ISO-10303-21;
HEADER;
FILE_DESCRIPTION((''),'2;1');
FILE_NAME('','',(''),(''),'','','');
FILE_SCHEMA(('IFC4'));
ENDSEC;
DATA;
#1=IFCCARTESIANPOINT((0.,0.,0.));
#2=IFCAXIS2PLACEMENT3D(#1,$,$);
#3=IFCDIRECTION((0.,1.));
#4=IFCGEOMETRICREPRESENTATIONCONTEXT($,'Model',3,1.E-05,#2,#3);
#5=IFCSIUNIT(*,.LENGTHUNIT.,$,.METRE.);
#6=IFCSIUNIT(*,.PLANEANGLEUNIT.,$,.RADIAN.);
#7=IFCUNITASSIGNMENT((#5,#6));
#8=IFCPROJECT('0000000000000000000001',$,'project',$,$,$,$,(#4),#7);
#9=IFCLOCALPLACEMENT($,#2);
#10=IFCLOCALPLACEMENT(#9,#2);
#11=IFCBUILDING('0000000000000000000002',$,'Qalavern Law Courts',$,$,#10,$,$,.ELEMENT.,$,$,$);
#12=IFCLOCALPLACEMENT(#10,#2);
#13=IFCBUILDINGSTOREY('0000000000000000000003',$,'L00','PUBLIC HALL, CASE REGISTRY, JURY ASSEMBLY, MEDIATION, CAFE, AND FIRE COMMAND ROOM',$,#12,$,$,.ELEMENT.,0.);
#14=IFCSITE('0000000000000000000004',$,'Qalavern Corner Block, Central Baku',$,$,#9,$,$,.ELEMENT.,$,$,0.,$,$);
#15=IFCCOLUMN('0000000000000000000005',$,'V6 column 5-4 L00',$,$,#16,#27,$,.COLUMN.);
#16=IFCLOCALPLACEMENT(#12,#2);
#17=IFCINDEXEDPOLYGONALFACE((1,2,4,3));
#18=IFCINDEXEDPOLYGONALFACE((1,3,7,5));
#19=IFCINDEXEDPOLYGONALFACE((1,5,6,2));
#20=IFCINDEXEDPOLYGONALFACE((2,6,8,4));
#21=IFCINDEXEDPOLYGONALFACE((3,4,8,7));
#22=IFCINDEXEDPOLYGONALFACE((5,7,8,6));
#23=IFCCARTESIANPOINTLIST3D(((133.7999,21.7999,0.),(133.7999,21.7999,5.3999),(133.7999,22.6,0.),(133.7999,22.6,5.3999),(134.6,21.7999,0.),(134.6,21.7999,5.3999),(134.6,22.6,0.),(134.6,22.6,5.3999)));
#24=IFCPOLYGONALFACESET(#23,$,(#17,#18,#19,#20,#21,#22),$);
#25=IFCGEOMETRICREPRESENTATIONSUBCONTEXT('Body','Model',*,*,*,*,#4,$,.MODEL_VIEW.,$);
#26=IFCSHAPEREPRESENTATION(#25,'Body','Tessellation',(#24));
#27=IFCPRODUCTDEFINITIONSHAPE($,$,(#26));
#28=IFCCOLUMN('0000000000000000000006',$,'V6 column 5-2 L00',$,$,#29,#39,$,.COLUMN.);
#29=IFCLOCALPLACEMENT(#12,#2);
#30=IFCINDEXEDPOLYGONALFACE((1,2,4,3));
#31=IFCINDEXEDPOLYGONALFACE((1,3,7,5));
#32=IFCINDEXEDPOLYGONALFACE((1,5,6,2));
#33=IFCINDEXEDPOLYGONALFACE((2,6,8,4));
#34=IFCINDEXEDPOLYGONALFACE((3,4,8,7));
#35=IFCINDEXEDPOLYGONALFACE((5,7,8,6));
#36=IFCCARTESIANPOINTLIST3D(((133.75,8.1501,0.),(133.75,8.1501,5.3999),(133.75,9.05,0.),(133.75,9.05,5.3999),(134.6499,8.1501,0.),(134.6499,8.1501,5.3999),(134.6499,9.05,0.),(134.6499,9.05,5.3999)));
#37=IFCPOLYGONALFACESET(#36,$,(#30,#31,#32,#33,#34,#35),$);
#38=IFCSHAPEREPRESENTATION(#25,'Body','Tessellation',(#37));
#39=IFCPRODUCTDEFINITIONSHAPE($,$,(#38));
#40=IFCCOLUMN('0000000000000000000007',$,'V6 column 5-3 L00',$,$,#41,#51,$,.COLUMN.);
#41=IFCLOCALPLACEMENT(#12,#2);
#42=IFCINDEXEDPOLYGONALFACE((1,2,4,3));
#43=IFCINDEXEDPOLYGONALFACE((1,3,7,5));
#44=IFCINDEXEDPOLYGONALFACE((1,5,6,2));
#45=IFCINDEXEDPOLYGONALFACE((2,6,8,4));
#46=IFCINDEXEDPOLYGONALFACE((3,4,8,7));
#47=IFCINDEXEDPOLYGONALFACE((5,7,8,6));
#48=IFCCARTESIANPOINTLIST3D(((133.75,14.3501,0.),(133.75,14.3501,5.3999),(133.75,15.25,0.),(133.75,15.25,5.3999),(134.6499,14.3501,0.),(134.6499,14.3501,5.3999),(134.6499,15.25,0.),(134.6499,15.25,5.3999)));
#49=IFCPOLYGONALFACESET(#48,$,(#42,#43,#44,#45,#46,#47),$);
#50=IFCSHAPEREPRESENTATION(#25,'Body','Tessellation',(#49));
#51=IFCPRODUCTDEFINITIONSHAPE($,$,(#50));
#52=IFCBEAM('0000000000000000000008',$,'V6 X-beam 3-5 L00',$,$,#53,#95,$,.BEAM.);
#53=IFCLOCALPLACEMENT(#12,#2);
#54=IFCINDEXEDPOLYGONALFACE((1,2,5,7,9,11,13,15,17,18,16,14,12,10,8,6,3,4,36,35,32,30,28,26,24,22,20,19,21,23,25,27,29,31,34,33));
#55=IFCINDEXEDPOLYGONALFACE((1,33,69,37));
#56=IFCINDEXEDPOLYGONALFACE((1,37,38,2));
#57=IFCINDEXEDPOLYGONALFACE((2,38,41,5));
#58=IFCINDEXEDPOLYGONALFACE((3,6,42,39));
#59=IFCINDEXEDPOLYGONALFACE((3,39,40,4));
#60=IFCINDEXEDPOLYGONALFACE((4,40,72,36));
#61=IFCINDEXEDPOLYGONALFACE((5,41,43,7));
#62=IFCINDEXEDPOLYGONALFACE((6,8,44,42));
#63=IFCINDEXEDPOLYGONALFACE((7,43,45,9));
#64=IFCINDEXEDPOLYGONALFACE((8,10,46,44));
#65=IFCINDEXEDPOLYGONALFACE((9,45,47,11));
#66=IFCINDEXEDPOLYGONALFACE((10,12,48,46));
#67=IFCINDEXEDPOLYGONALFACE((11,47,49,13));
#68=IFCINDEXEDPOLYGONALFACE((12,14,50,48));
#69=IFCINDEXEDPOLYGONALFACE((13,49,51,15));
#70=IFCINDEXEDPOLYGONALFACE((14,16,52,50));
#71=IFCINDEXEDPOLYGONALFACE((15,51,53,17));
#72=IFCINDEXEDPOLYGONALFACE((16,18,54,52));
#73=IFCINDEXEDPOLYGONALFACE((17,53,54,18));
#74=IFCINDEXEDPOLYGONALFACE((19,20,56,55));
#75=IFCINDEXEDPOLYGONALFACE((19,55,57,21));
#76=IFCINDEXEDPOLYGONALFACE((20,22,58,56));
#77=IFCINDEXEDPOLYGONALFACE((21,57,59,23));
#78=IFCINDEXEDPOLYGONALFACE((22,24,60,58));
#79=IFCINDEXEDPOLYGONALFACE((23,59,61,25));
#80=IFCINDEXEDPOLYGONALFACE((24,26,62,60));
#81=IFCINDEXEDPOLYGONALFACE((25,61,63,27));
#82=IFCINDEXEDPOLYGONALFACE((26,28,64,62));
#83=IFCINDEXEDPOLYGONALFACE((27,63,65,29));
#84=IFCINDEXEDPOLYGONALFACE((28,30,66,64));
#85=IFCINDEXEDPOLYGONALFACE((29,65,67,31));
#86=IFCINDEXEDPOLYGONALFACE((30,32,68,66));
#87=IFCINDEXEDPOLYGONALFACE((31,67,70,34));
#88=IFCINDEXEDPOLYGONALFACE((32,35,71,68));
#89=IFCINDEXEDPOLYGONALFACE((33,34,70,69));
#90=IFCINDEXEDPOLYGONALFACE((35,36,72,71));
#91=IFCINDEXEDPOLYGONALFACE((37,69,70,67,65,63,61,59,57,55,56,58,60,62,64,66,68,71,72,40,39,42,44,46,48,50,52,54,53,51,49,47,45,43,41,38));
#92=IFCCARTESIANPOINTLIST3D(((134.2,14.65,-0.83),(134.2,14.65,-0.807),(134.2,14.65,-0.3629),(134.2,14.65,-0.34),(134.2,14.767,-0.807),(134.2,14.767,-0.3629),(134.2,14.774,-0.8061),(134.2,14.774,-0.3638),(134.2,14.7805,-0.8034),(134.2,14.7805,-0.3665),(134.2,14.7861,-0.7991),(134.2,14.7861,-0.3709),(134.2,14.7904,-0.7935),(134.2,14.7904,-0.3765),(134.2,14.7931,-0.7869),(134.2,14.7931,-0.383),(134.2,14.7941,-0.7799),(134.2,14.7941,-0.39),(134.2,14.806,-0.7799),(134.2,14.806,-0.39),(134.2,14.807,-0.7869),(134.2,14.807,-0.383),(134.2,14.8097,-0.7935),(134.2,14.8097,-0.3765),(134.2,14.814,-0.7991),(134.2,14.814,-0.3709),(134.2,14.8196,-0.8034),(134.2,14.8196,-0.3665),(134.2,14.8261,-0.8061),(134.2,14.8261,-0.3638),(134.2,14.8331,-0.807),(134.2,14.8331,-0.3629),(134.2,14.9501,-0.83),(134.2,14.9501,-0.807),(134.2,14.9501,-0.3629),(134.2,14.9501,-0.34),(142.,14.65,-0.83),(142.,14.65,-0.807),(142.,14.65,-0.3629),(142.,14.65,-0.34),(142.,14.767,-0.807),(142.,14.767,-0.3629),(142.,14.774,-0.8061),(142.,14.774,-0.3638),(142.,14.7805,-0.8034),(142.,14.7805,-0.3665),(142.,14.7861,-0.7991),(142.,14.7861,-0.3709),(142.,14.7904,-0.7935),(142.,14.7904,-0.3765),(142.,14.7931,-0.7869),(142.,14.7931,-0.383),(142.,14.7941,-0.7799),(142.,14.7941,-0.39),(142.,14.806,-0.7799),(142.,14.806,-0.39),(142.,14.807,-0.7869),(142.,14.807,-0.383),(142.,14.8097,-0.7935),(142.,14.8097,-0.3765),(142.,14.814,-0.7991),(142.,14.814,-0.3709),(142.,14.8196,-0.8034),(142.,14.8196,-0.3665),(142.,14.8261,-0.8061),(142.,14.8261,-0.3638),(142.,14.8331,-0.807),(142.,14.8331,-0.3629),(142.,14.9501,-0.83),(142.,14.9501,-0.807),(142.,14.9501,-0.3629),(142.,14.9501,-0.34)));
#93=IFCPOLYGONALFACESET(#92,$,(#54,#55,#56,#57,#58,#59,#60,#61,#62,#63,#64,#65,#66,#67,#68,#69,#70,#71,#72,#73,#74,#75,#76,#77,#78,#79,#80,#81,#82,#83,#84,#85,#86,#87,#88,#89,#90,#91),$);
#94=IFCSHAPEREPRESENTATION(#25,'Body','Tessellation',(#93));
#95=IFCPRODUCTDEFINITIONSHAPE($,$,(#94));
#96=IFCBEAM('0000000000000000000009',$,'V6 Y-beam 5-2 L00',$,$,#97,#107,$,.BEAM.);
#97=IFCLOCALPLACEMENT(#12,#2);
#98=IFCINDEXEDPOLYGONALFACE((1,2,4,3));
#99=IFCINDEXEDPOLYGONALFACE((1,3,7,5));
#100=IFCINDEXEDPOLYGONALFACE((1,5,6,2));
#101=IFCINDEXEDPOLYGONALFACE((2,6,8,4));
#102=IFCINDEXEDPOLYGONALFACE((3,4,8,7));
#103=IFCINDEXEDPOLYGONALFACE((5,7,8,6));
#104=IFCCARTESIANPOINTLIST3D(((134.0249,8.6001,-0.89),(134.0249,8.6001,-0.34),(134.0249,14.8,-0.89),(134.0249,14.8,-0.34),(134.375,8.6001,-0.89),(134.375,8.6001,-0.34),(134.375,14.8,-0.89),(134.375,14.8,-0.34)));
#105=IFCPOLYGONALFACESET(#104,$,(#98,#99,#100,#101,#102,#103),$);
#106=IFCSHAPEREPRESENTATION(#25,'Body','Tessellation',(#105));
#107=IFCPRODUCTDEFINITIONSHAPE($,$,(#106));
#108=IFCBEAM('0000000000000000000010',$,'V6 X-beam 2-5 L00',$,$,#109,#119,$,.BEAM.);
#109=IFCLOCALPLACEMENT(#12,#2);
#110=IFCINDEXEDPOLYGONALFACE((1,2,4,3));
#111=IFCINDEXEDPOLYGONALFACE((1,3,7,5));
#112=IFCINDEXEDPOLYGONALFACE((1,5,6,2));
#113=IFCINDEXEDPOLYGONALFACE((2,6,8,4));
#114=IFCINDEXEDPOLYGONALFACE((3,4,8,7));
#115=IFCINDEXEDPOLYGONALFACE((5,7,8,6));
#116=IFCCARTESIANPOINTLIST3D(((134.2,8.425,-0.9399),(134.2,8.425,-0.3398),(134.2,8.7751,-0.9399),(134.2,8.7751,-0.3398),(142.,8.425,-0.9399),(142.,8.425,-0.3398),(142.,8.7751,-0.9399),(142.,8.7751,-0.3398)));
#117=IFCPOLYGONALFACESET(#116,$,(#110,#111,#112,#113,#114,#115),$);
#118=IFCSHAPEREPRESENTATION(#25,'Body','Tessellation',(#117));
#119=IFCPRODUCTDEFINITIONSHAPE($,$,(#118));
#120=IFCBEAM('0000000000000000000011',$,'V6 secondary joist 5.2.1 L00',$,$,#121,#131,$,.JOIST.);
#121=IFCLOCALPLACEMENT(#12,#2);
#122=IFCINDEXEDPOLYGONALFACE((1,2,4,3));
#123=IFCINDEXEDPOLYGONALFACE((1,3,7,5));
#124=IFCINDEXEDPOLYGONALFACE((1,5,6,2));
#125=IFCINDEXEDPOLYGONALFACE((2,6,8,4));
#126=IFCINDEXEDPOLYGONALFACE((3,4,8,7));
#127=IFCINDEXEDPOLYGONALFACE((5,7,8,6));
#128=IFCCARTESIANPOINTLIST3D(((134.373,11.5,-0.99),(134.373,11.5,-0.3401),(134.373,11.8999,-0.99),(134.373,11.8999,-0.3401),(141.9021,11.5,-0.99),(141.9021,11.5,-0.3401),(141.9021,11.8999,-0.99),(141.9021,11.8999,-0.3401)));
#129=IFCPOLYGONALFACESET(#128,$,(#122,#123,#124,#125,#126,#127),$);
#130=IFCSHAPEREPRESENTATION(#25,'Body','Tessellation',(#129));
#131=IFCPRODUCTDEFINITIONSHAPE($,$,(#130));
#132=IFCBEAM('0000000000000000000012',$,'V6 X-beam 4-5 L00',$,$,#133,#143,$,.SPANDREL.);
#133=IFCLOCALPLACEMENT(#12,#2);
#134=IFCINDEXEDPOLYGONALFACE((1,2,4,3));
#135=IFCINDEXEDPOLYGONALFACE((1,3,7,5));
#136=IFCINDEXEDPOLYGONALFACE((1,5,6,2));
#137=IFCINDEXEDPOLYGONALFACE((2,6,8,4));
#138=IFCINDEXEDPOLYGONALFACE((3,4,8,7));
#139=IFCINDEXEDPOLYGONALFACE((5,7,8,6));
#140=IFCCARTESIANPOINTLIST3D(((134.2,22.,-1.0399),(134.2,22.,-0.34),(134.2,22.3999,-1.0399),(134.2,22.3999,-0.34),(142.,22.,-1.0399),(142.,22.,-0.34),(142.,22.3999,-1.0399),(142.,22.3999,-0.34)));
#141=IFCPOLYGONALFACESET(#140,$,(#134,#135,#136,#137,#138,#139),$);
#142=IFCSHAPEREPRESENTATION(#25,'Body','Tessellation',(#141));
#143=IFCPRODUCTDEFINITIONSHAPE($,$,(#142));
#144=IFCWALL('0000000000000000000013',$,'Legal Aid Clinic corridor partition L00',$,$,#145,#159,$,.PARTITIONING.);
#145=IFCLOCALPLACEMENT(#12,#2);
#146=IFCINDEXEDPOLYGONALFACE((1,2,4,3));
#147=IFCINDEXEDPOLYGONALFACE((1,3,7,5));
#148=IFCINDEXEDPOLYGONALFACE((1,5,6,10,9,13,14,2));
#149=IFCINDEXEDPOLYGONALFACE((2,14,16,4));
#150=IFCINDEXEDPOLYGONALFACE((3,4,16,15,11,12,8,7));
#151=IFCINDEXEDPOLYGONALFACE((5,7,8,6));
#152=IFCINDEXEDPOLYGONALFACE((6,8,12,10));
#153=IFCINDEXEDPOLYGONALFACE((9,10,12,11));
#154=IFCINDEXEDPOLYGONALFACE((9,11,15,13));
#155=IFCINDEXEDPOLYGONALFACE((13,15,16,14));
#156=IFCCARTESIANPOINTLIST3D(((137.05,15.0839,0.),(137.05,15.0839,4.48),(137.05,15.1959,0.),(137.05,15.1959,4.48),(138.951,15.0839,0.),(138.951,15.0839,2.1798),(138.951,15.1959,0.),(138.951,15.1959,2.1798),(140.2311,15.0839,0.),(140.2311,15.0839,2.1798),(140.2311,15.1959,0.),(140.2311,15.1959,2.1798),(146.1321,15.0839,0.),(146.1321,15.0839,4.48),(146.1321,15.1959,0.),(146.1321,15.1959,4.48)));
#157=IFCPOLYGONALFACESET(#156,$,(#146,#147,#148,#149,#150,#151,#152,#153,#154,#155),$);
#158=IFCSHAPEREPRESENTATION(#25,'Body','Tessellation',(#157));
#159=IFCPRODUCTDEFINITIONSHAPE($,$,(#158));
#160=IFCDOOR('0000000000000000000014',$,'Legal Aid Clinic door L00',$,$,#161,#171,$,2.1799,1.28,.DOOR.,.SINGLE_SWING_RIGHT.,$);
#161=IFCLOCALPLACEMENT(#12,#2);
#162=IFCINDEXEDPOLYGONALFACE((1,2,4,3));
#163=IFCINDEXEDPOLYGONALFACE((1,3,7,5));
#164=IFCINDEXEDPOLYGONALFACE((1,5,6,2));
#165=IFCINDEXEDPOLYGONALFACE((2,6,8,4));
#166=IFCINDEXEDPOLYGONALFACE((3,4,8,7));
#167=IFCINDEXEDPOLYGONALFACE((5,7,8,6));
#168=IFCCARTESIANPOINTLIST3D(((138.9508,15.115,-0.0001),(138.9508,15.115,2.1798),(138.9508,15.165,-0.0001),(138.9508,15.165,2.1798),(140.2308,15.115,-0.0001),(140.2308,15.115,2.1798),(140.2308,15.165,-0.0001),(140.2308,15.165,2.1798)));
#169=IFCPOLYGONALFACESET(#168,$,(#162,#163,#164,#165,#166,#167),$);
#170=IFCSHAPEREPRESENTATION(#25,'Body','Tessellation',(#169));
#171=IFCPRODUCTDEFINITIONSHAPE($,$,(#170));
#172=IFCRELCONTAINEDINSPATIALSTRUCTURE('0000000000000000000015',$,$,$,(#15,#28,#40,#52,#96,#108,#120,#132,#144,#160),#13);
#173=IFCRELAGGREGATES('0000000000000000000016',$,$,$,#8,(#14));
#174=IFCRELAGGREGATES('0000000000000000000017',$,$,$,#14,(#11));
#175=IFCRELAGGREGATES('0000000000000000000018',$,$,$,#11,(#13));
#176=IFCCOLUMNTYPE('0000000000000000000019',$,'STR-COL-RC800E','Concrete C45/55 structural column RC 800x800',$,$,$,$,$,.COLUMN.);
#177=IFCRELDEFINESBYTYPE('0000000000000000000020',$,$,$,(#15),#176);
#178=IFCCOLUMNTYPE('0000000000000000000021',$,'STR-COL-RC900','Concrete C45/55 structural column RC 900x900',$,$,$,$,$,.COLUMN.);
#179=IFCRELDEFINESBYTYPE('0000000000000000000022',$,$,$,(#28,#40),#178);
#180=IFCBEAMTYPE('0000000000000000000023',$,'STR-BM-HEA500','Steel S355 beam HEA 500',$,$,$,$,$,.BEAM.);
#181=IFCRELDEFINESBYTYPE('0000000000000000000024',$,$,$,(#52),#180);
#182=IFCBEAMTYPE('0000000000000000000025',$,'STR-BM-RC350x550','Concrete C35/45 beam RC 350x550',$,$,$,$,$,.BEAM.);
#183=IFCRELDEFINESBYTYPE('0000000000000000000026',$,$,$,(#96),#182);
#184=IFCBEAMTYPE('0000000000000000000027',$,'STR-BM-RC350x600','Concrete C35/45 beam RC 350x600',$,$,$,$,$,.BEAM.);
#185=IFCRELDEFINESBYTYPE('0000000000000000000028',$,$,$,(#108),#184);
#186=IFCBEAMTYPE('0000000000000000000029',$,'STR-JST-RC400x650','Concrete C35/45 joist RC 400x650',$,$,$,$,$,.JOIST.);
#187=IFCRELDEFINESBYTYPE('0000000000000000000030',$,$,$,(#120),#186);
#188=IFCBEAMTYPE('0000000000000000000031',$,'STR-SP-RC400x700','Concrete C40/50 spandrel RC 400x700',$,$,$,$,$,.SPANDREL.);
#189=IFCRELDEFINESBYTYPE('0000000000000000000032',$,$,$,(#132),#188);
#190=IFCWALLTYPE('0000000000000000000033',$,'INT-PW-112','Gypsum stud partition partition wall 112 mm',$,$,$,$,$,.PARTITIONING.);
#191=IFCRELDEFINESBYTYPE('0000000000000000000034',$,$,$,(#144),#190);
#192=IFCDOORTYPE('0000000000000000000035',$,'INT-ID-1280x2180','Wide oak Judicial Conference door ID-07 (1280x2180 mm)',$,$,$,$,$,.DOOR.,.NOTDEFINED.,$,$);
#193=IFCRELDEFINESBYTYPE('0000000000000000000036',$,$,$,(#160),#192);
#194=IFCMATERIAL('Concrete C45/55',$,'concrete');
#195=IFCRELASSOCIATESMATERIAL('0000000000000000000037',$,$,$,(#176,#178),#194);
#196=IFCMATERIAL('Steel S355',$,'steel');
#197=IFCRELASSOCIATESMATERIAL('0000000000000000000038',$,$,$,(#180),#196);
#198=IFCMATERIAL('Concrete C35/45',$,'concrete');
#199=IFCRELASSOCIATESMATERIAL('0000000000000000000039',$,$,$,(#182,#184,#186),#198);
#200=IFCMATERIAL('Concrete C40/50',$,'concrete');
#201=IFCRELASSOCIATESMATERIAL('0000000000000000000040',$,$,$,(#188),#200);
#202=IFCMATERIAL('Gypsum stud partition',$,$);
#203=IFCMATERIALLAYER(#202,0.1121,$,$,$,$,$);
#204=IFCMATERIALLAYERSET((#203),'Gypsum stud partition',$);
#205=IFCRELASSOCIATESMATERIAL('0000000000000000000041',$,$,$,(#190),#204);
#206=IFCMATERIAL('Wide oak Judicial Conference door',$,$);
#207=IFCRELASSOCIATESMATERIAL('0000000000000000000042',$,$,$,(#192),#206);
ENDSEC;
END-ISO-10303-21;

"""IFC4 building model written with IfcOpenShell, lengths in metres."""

from ifc_helpers import new_model, si_unit, direction, frame, frame_2d, origin, origin_2d, place, context, subcontext, project, spatial, rectangle, i_section, extrude, material, layer, layer_set, material_profile, profile_set, type_object, element, fill, save


model = new_model("IFC4")

# Units and contexts
model_context = context("Model", 3, precision=1e-05, world=origin(), true_north=direction((0.0, 1.0)))
body_context = subcontext(model_context, "Body", "Model", "MODEL_VIEW")
ifc_project = project(units=[si_unit("LENGTHUNIT", "METRE"), si_unit("PLANEANGLEUNIT", "RADIAN")], contexts=[model_context])

# Site, building, storey
site_placement = place(None, origin())
site = spatial("IfcSite", under=ifc_project, at=site_placement, Name="Qalavern Corner Block, Central Baku", CompositionType="ELEMENT", RefElevation=0.0)
building_placement = place(site_placement, origin())
building = spatial("IfcBuilding", under=site, at=building_placement, Name="Qalavern Law Courts", CompositionType="ELEMENT")
storey_placement = place(building_placement, origin())
storey = spatial("IfcBuildingStorey", under=building, at=storey_placement, Name="L00", Description="PUBLIC HALL, CASE REGISTRY, JURY ASSEMBLY, MEDIATION, CAFE, AND FIRE COMMAND ROOM", CompositionType="ELEMENT", Elevation=0.0)

# Columns
ifc_material_1 = material(Name="Concrete C45/55", Category="concrete")
ifc_material_profile_1 = material_profile(ifc_material_1, rectangle(XDim=0.8, YDim=0.8, at=origin_2d()), Name="RC 800x800")
ifc_profile_set_1 = profile_set([ifc_material_profile_1], Name="Concrete C45/55")
column_type_1 = type_object("IfcColumnType", Name="STR-COL-RC800E", Description="Concrete C45/55 structural column RC 800x800", PredefinedType="COLUMN", material=ifc_profile_set_1)
column_placement = place(storey_placement, frame((134.2, 22.2, 0.0), z_axis=(0.0, 0.0, 1.0), x_axis=(1.0, 0.0, 0.0)))
element("IfcColumn", 1, at=column_placement, inside=storey, type_object=column_type_1, Name="V6 column 5-4 L00", PredefinedType="COLUMN", context=body_context, shape_type="SweptSolid", body=[
    extrude(rectangle(XDim=0.8, YDim=0.8, at=origin_2d()), origin(), (0.0, 0.0, 1.0), 5.3999),
])
ifc_material_profile_2 = material_profile(ifc_material_1, rectangle(XDim=0.8999, YDim=0.8999, at=origin_2d()), Name="RC 900x900")
ifc_profile_set_2 = profile_set([ifc_material_profile_2], Name="Concrete C45/55")
column_type_2 = type_object("IfcColumnType", Name="STR-COL-RC900", Description="Concrete C45/55 structural column RC 900x900", PredefinedType="COLUMN", material=ifc_profile_set_2)
for number, where, z_axis, x_axis, name in (
    (2, (134.2, 8.6001, 0.0), (0.0, 0.0, 1.0), (1.0, 0.0, 0.0), "V6 column 5-2 L00"),
    (3, (134.2, 14.8, 0.0), (0.0, 0.0, 1.0), (1.0, 0.0, 0.0), "V6 column 5-3 L00"),
):
    element("IfcColumn", number, at=place(storey_placement, frame(where, z_axis=z_axis, x_axis=x_axis)), inside=storey, type_object=column_type_2, Name=name, PredefinedType="COLUMN", context=body_context, shape_type="SweptSolid", body=[
        extrude(rectangle(XDim=0.8999, YDim=0.8999, at=origin_2d()), origin(), (0.0, 0.0, 1.0), 5.3999),
    ])

# Beams
ifc_material_2 = material(Name="Steel S355", Category="steel")
ifc_material_profile_3 = material_profile(ifc_material_2, i_section(OverallWidth=0.3, OverallDepth=0.49, WebThickness=0.012, FlangeThickness=0.0229, FilletRadius=0.0271, at=origin_2d()), Name="HEA 500")
ifc_profile_set_3 = profile_set([ifc_material_profile_3], Name="Steel S355")
beam_type_1 = type_object("IfcBeamType", Name="STR-BM-HEA500", Description="Steel S355 beam HEA 500", PredefinedType="BEAM", material=ifc_profile_set_3)
beam_1_placement = place(storey_placement, frame((134.2, 14.8, -0.585), z_axis=(1.0, 0.0, 0.0), x_axis=(0.0, 1.0, 0.0)))
element("IfcBeam", 4, at=beam_1_placement, inside=storey, type_object=beam_type_1, Name="V6 X-beam 3-5 L00", PredefinedType="BEAM", context=body_context, shape_type="SweptSolid", body=[
    extrude(i_section(OverallWidth=0.3, OverallDepth=0.49, WebThickness=0.012, FlangeThickness=0.0229, FilletRadius=0.0271, at=origin_2d()), origin(), (0.0, 0.0, 1.0), 7.8),
])
ifc_material_3 = material(Name="Concrete C35/45", Category="concrete")
ifc_material_profile_4 = material_profile(ifc_material_3, rectangle(XDim=0.3501, YDim=0.55, at=origin_2d()), Name="RC 350x550")
ifc_profile_set_4 = profile_set([ifc_material_profile_4], Name="Concrete C35/45")
beam_type_2 = type_object("IfcBeamType", Name="STR-BM-RC350x550", Description="Concrete C35/45 beam RC 350x550", PredefinedType="BEAM", material=ifc_profile_set_4)
beam_2_placement = place(storey_placement, frame((134.2, 8.6001, -0.615), z_axis=(0.0, 1.0, 0.0), x_axis=(-1.0, 0.0, 0.0)))
element("IfcBeam", 5, at=beam_2_placement, inside=storey, type_object=beam_type_2, Name="V6 Y-beam 5-2 L00", PredefinedType="BEAM", context=body_context, shape_type="SweptSolid", body=[
    extrude(rectangle(XDim=0.3501, YDim=0.55, at=origin_2d()), origin(), (0.0, 0.0, 1.0), 6.2),
])
ifc_material_profile_5 = material_profile(ifc_material_3, rectangle(XDim=0.3501, YDim=0.6001, at=origin_2d()), Name="RC 350x600")
ifc_profile_set_5 = profile_set([ifc_material_profile_5], Name="Concrete C35/45")
beam_type_3 = type_object("IfcBeamType", Name="STR-BM-RC350x600", Description="Concrete C35/45 beam RC 350x600", PredefinedType="BEAM", material=ifc_profile_set_5)
beam_3_placement = place(storey_placement, frame((134.2, 8.6001, -0.6399), z_axis=(1.0, 0.0, 0.0), x_axis=(0.0, 1.0, 0.0)))
element("IfcBeam", 6, at=beam_3_placement, inside=storey, type_object=beam_type_3, Name="V6 X-beam 2-5 L00", PredefinedType="BEAM", context=body_context, shape_type="SweptSolid", body=[
    extrude(rectangle(XDim=0.3501, YDim=0.6001, at=origin_2d()), origin(), (0.0, 0.0, 1.0), 7.8),
])
ifc_material_profile_6 = material_profile(ifc_material_3, rectangle(XDim=0.3999, YDim=0.6499, at=origin_2d()), Name="RC 400x650")
ifc_profile_set_6 = profile_set([ifc_material_profile_6], Name="Concrete C35/45")
beam_type_4 = type_object("IfcBeamType", Name="STR-JST-RC400x650", Description="Concrete C35/45 joist RC 400x650", PredefinedType="JOIST", material=ifc_profile_set_6)
beam_4_placement = place(storey_placement, frame((134.373, 11.7, -0.665), z_axis=(1.0, 0.0, 0.0), x_axis=(0.0, 1.0, 0.0)))
element("IfcBeam", 7, at=beam_4_placement, inside=storey, type_object=beam_type_4, Name="V6 secondary joist 5.2.1 L00", PredefinedType="JOIST", context=body_context, shape_type="SweptSolid", body=[
    extrude(rectangle(XDim=0.3999, YDim=0.6499, at=origin_2d()), origin(), (0.0, 0.0, 1.0), 7.5291),
])
ifc_material_4 = material(Name="Concrete C40/50", Category="concrete")
ifc_material_profile_7 = material_profile(ifc_material_4, rectangle(XDim=0.3999, YDim=0.7, at=origin_2d()), Name="RC 400x700")
ifc_profile_set_7 = profile_set([ifc_material_profile_7], Name="Concrete C40/50")
beam_type_5 = type_object("IfcBeamType", Name="STR-SP-RC400x700", Description="Concrete C40/50 spandrel RC 400x700", PredefinedType="SPANDREL", material=ifc_profile_set_7)
beam_5_placement = place(storey_placement, frame((134.2, 22.2, -0.6899), z_axis=(1.0, 0.0, 0.0), x_axis=(0.0, 1.0, 0.0)))
element("IfcBeam", 8, at=beam_5_placement, inside=storey, type_object=beam_type_5, Name="V6 X-beam 4-5 L00", PredefinedType="SPANDREL", context=body_context, shape_type="SweptSolid", body=[
    extrude(rectangle(XDim=0.3999, YDim=0.7, at=origin_2d()), origin(), (0.0, 0.0, 1.0), 7.8),
])

# Wall, opening, door
ifc_material_5 = material(Name="Gypsum stud partition")
ifc_layer_1 = layer(ifc_material_5, 0.1121)
ifc_layer_set_1 = layer_set([ifc_layer_1], Name="Gypsum stud partition")
wall_type = type_object("IfcWallType", Name="INT-PW-112", Description="Gypsum stud partition partition wall 112 mm", PredefinedType="PARTITIONING", material=ifc_layer_set_1)
wall_placement = place(storey_placement, frame((137.05, 15.1399, 0.0), z_axis=(0.0, 0.0, 1.0), x_axis=(1.0, 0.0, 0.0)))
wall = element("IfcWall", 9, at=wall_placement, inside=storey, type_object=wall_type, Name="Legal Aid Clinic corridor partition L00", PredefinedType="PARTITIONING", context=body_context, shape_type="SweptSolid", body=[
    extrude(rectangle(XDim=9.082, YDim=0.1121, at=frame_2d((4.541, 0.0))), origin(), (0.0, 0.0, 1.0), 4.48),
])
opening_placement = place(wall_placement, frame((1.9009, 0.0, 0.0)))
opening = element("IfcOpeningElement", 10, at=opening_placement, cuts=wall, PredefinedType="OPENING", context=body_context, shape_type="SweptSolid", body=[
    extrude(rectangle(XDim=1.28, YDim=2.1799, at=frame_2d((0.6401, 1.0898))), frame((0.0, 0.0708, 0.0), z_axis=(0.0, -1.0, 0.0), x_axis=(1.0, 0.0, 0.0)), (0.0, 0.0, 1.0), 0.1418),
])
ifc_material_6 = material(Name="Wide oak Judicial Conference door")
door_type = type_object("IfcDoorType", Name="INT-ID-1280x2180", Description="Wide oak Judicial Conference door ID-07 (1280x2180 mm)", OperationType="NOTDEFINED", PredefinedType="DOOR", material=ifc_material_6)
door_placement = place(opening_placement, frame((1.28, 0.0, 0.0), z_axis=(0.0, 0.0, 1.0), x_axis=(-1.0, 0.0, 0.0)))
door = element("IfcDoor", 11, at=door_placement, inside=storey, type_object=door_type, Name="Legal Aid Clinic door L00", OperationType="SINGLE_SWING_RIGHT", OverallHeight=2.1799, OverallWidth=1.28, PredefinedType="DOOR", context=body_context, shape_type="SweptSolid", body=[
    extrude(rectangle(XDim=1.28, YDim=2.1799, at=frame_2d((0.6401, 1.0898))), frame((0.0, 0.0249, 0.0), z_axis=(0.0, -1.0, 0.0), x_axis=(1.0, 0.0, 0.0)), (0.0, 0.0, 1.0), 0.05),
])
fill(opening, door)

save(model, "model.ifc")
